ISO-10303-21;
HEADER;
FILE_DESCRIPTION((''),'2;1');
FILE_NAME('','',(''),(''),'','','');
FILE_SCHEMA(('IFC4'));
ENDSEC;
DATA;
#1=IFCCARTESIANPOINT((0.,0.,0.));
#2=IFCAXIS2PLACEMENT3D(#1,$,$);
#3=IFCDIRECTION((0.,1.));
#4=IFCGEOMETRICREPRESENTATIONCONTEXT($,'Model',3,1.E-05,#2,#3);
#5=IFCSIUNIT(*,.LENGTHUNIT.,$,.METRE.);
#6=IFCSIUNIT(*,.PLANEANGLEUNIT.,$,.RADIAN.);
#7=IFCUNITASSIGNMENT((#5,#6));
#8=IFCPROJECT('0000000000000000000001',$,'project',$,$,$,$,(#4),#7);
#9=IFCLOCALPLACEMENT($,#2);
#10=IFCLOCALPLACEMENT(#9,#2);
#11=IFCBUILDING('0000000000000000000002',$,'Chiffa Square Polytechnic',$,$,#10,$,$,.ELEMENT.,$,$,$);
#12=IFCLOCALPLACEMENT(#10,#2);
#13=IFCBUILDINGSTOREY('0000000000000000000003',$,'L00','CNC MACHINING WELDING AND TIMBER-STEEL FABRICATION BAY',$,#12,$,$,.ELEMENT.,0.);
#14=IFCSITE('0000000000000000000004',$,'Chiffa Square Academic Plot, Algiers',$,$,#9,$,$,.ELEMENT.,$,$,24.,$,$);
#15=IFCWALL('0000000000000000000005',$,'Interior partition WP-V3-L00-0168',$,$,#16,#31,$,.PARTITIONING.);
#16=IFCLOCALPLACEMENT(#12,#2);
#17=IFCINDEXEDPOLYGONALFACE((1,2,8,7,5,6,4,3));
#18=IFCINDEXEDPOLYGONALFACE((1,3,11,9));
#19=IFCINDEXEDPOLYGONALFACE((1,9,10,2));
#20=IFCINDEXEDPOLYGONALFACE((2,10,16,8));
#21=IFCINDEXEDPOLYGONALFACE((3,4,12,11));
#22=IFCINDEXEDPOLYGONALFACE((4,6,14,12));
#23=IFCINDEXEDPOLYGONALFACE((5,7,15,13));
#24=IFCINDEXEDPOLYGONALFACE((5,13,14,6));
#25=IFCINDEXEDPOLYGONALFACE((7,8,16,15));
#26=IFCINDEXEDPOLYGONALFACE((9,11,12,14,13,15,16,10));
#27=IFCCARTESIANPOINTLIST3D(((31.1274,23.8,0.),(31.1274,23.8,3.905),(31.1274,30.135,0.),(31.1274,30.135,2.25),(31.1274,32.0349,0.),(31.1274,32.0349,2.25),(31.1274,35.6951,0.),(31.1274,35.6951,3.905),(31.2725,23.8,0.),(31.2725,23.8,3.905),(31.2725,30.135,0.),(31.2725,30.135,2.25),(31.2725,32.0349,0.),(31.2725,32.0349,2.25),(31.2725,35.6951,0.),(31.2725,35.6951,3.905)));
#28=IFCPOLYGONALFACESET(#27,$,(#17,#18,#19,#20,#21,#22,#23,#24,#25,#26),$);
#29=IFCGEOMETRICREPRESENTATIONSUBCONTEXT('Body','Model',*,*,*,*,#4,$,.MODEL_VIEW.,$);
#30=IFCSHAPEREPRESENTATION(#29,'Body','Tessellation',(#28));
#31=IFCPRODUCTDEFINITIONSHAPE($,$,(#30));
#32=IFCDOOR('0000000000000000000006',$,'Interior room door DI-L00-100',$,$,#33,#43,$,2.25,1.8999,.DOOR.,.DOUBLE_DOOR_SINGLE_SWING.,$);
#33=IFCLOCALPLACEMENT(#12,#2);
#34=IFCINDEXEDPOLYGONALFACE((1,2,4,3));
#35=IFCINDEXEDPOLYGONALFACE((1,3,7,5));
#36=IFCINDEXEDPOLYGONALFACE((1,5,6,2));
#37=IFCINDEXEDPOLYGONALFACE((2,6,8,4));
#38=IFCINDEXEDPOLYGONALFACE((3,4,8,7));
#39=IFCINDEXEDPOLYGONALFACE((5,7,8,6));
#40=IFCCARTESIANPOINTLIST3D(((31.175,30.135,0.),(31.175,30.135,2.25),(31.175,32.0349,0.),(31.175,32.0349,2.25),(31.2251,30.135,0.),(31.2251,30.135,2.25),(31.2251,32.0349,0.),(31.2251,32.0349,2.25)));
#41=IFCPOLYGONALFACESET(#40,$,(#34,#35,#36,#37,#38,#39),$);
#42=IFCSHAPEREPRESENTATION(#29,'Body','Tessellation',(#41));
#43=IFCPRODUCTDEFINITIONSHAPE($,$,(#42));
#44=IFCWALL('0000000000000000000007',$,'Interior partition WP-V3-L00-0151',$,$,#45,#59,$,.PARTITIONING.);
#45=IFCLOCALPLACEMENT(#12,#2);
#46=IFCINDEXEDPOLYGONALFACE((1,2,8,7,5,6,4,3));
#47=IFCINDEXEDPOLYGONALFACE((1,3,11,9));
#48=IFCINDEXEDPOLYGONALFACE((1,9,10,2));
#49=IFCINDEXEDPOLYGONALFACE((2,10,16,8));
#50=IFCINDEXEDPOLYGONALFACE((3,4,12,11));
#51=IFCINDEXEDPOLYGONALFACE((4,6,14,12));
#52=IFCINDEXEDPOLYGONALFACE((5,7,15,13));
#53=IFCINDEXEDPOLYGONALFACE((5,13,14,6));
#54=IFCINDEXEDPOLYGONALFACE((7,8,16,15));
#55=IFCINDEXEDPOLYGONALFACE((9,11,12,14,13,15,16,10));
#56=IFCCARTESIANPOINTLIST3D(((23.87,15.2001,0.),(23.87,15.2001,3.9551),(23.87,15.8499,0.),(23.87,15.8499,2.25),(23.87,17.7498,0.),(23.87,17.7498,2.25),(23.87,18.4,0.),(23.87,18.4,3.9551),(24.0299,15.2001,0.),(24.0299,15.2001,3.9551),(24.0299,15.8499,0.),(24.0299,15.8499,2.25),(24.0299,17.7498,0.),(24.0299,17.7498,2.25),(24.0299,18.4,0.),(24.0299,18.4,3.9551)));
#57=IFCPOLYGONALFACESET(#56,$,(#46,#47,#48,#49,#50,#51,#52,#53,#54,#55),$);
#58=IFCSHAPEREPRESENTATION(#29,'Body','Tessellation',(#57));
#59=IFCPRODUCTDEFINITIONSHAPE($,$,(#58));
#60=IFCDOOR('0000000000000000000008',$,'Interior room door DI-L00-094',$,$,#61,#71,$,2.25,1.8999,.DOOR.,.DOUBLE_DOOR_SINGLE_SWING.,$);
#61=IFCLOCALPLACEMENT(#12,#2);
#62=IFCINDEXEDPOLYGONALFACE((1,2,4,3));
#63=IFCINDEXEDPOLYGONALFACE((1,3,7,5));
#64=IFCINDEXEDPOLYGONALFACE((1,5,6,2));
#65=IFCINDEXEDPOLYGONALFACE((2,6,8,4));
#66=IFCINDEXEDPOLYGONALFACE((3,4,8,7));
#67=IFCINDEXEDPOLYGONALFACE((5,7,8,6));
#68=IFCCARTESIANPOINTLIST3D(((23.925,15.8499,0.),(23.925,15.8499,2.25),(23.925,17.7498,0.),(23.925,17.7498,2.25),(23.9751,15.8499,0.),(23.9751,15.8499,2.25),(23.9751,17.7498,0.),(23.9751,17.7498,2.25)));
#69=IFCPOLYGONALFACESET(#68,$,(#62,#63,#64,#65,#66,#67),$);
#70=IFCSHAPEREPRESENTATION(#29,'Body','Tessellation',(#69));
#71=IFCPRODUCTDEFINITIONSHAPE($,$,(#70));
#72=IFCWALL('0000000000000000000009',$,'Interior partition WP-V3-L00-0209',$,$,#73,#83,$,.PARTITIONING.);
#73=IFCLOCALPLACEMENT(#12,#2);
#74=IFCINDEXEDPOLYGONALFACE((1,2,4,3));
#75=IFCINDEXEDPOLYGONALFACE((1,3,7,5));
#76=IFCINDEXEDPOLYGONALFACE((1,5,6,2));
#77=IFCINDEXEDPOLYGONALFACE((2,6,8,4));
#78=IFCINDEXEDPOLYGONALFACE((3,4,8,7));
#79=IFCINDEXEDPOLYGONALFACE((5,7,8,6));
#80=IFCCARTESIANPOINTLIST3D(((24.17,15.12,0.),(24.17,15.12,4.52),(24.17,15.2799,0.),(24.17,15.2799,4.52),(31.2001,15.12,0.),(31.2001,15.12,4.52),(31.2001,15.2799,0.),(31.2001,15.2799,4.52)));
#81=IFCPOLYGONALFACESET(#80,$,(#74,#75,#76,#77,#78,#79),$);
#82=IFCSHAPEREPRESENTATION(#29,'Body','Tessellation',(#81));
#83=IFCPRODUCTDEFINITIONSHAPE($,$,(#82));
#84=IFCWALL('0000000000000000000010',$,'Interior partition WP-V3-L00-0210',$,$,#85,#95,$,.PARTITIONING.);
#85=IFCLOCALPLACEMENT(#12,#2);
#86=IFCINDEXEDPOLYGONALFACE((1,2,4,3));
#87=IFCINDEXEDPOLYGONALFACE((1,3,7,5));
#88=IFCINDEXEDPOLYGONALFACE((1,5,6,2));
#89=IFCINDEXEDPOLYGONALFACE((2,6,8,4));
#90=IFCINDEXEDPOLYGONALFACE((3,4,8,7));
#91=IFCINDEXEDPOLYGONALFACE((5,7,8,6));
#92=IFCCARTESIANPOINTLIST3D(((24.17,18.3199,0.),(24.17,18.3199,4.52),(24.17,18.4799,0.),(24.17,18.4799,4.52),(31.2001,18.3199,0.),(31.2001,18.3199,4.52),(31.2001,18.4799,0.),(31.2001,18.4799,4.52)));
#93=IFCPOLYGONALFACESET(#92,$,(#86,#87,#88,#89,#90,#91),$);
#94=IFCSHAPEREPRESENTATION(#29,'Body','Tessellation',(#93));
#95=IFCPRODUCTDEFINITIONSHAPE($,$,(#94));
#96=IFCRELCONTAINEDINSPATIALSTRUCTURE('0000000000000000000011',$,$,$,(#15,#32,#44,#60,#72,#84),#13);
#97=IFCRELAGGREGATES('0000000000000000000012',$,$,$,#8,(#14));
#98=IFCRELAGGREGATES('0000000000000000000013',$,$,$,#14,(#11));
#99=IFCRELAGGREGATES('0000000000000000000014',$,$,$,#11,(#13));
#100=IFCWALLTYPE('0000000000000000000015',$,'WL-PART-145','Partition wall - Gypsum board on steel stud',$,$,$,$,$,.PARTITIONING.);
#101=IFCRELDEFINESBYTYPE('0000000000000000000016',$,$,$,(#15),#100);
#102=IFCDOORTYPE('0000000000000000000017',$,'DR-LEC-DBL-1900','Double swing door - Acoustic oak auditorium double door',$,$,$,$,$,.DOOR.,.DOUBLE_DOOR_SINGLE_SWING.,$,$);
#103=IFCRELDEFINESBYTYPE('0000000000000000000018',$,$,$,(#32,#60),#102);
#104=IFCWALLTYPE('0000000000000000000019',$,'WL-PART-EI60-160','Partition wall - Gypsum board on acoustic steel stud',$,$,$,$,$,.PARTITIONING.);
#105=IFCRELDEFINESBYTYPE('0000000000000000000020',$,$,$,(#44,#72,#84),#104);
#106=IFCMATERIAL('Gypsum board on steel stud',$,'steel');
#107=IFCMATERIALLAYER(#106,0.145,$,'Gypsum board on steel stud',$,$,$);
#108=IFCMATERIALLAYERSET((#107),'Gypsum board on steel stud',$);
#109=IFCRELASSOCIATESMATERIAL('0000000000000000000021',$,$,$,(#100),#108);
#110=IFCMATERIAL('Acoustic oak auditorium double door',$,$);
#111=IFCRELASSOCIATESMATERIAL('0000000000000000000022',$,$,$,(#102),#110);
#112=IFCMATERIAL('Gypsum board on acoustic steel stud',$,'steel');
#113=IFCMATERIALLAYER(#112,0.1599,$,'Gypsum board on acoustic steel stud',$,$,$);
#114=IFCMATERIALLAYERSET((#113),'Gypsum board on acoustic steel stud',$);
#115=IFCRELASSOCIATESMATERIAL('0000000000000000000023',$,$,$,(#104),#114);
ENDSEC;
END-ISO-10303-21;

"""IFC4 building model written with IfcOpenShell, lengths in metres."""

from ifc_helpers import new_model, si_unit, direction, frame, frame_2d, origin, place, context, subcontext, project, spatial, rectangle, extrude, material, layer, layer_set, type_object, element, fill, save


model = new_model("IFC4")

# Units and contexts
model_context = context("Model", 3, precision=1e-05, world=origin(), true_north=direction((0.0, 1.0)))
body_context = subcontext(model_context, "Body", "Model", "MODEL_VIEW")
ifc_project = project(units=[si_unit("LENGTHUNIT", "METRE"), si_unit("PLANEANGLEUNIT", "RADIAN")], contexts=[model_context])

# Site, building, storey
site_placement = place(None, origin())
site = spatial("IfcSite", under=ifc_project, at=site_placement, Name="Chiffa Square Academic Plot, Algiers", CompositionType="ELEMENT", RefElevation=24.0)
building_placement = place(site_placement, origin())
building = spatial("IfcBuilding", under=site, at=building_placement, Name="Chiffa Square Polytechnic", CompositionType="ELEMENT")
storey_placement = place(building_placement, origin())
storey = spatial("IfcBuildingStorey", under=building, at=storey_placement, Name="L00", Description="CNC MACHINING WELDING AND TIMBER-STEEL FABRICATION BAY", CompositionType="ELEMENT", Elevation=0.0)

# Shared definitions
ifc_material_1 = material(Name="Gypsum board on steel stud", Category="steel")

# Walls, openings, doors
ifc_layer_1 = layer(ifc_material_1, 0.145, Name="Gypsum board on steel stud")
ifc_layer_set_1 = layer_set([ifc_layer_1], Name="Gypsum board on steel stud")
wall_type_1 = type_object("IfcWallType", Name="WL-PART-145", Description="Partition wall - Gypsum board on steel stud", PredefinedType="PARTITIONING", material=ifc_layer_set_1)
wall_1_placement = place(storey_placement, frame((31.2, 23.8, 0.0), z_axis=(0.0, 0.0, 1.0), x_axis=(0.0, 1.0, 0.0)))
wall_1 = element("IfcWall", 1, at=wall_1_placement, inside=storey, type_object=wall_type_1, Name="Interior partition WP-V3-L00-0168", PredefinedType="PARTITIONING", context=body_context, shape_type="SweptSolid", body=[
    extrude(rectangle(XDim=11.895, YDim=0.145, at=frame_2d((5.9475, 0.0))), origin(), (0.0, 0.0, 1.0), 3.905),
])
opening_1_placement = place(wall_1_placement, frame((6.335, 0.0, 0.0)))
opening_1 = element("IfcOpeningElement", 2, at=opening_1_placement, cuts=wall_1, PredefinedType="OPENING", context=body_context, shape_type="SweptSolid", body=[
    extrude(rectangle(XDim=1.8999, YDim=2.25, at=frame_2d((0.95, 1.125))), frame((0.0, 0.0825, 0.0), z_axis=(0.0, -1.0, 0.0), x_axis=(1.0, 0.0, 0.0)), (0.0, 0.0, 1.0), 0.165),
])
ifc_material_2 = material(Name="Acoustic oak auditorium double door")
door_type = type_object("IfcDoorType", Name="DR-LEC-DBL-1900", Description="Double swing door - Acoustic oak auditorium double door", OperationType="DOUBLE_DOOR_SINGLE_SWING", PredefinedType="DOOR", material=ifc_material_2)
door_1_placement = place(opening_1_placement, origin())
door_1 = element("IfcDoor", 3, at=door_1_placement, inside=storey, type_object=door_type, Name="Interior room door DI-L00-100", OperationType="DOUBLE_DOOR_SINGLE_SWING", OverallHeight=2.25, OverallWidth=1.8999, PredefinedType="DOOR", context=body_context, shape_type="SweptSolid", body=[
    extrude(rectangle(XDim=1.8999, YDim=2.25, at=frame_2d((0.95, 1.125))), frame((0.0, 0.0249, 0.0), z_axis=(0.0, -1.0, 0.0), x_axis=(1.0, 0.0, 0.0)), (0.0, 0.0, 1.0), 0.05),
])
fill(opening_1, door_1)
ifc_material_3 = material(Name="Gypsum board on acoustic steel stud", Category="steel")
ifc_layer_2 = layer(ifc_material_3, 0.1599, Name="Gypsum board on acoustic steel stud")
ifc_layer_set_2 = layer_set([ifc_layer_2], Name="Gypsum board on acoustic steel stud")
wall_type_2 = type_object("IfcWallType", Name="WL-PART-EI60-160", Description="Partition wall - Gypsum board on acoustic steel stud", PredefinedType="PARTITIONING", material=ifc_layer_set_2)
wall_2_placement = place(storey_placement, frame((23.95, 15.2, 0.0), z_axis=(0.0, 0.0, 1.0), x_axis=(0.0, 1.0, 0.0)))
wall_2 = element("IfcWall", 4, at=wall_2_placement, inside=storey, type_object=wall_type_2, Name="Interior partition WP-V3-L00-0151", PredefinedType="PARTITIONING", context=body_context, shape_type="SweptSolid", body=[
    extrude(rectangle(XDim=3.2, YDim=0.1599, at=frame_2d((1.6001, 0.0))), origin(), (0.0, 0.0, 1.0), 3.9551),
])
opening_2_placement = place(wall_2_placement, frame((0.6499, 0.0, 0.0)))
opening_2 = element("IfcOpeningElement", 5, at=opening_2_placement, cuts=wall_2, PredefinedType="OPENING", context=body_context, shape_type="SweptSolid", body=[
    extrude(rectangle(XDim=1.8999, YDim=2.25, at=frame_2d((0.95, 1.125))), frame((0.0, 0.0898, 0.0), z_axis=(0.0, -1.0, 0.0), x_axis=(1.0, 0.0, 0.0)), (0.0, 0.0, 1.0), 0.1799),
])
door_2_placement = place(opening_2_placement, origin())
door_2 = element("IfcDoor", 6, at=door_2_placement, inside=storey, type_object=door_type, Name="Interior room door DI-L00-094", OperationType="DOUBLE_DOOR_SINGLE_SWING", OverallHeight=2.25, OverallWidth=1.8999, PredefinedType="DOOR", context=body_context, shape_type="SweptSolid", body=[
    extrude(rectangle(XDim=1.8999, YDim=2.25, at=frame_2d((0.95, 1.125))), frame((0.0, 0.0249, 0.0), z_axis=(0.0, -1.0, 0.0), x_axis=(1.0, 0.0, 0.0)), (0.0, 0.0, 1.0), 0.05),
])
fill(opening_2, door_2)

# Walls
for number, where, z_axis, x_axis, name in (
    (7, (24.1699, 15.2, 0.0), (0.0, 0.0, 1.0), (1.0, 0.0, 0.0), "Interior partition WP-V3-L00-0209"),
    (8, (24.1699, 18.3999, 0.0), (0.0, 0.0, 1.0), (1.0, 0.0, 0.0), "Interior partition WP-V3-L00-0210"),
):
    element("IfcWall", number, at=place(storey_placement, frame(where, z_axis=z_axis, x_axis=x_axis)), inside=storey, type_object=wall_type_2, Name=name, PredefinedType="PARTITIONING", context=body_context, shape_type="SweptSolid", body=[
        extrude(rectangle(XDim=7.03, YDim=0.1599, at=frame_2d((3.5151, 0.0))), origin(), (0.0, 0.0, 1.0), 4.52),
    ])

save(model, "model.ifc")
